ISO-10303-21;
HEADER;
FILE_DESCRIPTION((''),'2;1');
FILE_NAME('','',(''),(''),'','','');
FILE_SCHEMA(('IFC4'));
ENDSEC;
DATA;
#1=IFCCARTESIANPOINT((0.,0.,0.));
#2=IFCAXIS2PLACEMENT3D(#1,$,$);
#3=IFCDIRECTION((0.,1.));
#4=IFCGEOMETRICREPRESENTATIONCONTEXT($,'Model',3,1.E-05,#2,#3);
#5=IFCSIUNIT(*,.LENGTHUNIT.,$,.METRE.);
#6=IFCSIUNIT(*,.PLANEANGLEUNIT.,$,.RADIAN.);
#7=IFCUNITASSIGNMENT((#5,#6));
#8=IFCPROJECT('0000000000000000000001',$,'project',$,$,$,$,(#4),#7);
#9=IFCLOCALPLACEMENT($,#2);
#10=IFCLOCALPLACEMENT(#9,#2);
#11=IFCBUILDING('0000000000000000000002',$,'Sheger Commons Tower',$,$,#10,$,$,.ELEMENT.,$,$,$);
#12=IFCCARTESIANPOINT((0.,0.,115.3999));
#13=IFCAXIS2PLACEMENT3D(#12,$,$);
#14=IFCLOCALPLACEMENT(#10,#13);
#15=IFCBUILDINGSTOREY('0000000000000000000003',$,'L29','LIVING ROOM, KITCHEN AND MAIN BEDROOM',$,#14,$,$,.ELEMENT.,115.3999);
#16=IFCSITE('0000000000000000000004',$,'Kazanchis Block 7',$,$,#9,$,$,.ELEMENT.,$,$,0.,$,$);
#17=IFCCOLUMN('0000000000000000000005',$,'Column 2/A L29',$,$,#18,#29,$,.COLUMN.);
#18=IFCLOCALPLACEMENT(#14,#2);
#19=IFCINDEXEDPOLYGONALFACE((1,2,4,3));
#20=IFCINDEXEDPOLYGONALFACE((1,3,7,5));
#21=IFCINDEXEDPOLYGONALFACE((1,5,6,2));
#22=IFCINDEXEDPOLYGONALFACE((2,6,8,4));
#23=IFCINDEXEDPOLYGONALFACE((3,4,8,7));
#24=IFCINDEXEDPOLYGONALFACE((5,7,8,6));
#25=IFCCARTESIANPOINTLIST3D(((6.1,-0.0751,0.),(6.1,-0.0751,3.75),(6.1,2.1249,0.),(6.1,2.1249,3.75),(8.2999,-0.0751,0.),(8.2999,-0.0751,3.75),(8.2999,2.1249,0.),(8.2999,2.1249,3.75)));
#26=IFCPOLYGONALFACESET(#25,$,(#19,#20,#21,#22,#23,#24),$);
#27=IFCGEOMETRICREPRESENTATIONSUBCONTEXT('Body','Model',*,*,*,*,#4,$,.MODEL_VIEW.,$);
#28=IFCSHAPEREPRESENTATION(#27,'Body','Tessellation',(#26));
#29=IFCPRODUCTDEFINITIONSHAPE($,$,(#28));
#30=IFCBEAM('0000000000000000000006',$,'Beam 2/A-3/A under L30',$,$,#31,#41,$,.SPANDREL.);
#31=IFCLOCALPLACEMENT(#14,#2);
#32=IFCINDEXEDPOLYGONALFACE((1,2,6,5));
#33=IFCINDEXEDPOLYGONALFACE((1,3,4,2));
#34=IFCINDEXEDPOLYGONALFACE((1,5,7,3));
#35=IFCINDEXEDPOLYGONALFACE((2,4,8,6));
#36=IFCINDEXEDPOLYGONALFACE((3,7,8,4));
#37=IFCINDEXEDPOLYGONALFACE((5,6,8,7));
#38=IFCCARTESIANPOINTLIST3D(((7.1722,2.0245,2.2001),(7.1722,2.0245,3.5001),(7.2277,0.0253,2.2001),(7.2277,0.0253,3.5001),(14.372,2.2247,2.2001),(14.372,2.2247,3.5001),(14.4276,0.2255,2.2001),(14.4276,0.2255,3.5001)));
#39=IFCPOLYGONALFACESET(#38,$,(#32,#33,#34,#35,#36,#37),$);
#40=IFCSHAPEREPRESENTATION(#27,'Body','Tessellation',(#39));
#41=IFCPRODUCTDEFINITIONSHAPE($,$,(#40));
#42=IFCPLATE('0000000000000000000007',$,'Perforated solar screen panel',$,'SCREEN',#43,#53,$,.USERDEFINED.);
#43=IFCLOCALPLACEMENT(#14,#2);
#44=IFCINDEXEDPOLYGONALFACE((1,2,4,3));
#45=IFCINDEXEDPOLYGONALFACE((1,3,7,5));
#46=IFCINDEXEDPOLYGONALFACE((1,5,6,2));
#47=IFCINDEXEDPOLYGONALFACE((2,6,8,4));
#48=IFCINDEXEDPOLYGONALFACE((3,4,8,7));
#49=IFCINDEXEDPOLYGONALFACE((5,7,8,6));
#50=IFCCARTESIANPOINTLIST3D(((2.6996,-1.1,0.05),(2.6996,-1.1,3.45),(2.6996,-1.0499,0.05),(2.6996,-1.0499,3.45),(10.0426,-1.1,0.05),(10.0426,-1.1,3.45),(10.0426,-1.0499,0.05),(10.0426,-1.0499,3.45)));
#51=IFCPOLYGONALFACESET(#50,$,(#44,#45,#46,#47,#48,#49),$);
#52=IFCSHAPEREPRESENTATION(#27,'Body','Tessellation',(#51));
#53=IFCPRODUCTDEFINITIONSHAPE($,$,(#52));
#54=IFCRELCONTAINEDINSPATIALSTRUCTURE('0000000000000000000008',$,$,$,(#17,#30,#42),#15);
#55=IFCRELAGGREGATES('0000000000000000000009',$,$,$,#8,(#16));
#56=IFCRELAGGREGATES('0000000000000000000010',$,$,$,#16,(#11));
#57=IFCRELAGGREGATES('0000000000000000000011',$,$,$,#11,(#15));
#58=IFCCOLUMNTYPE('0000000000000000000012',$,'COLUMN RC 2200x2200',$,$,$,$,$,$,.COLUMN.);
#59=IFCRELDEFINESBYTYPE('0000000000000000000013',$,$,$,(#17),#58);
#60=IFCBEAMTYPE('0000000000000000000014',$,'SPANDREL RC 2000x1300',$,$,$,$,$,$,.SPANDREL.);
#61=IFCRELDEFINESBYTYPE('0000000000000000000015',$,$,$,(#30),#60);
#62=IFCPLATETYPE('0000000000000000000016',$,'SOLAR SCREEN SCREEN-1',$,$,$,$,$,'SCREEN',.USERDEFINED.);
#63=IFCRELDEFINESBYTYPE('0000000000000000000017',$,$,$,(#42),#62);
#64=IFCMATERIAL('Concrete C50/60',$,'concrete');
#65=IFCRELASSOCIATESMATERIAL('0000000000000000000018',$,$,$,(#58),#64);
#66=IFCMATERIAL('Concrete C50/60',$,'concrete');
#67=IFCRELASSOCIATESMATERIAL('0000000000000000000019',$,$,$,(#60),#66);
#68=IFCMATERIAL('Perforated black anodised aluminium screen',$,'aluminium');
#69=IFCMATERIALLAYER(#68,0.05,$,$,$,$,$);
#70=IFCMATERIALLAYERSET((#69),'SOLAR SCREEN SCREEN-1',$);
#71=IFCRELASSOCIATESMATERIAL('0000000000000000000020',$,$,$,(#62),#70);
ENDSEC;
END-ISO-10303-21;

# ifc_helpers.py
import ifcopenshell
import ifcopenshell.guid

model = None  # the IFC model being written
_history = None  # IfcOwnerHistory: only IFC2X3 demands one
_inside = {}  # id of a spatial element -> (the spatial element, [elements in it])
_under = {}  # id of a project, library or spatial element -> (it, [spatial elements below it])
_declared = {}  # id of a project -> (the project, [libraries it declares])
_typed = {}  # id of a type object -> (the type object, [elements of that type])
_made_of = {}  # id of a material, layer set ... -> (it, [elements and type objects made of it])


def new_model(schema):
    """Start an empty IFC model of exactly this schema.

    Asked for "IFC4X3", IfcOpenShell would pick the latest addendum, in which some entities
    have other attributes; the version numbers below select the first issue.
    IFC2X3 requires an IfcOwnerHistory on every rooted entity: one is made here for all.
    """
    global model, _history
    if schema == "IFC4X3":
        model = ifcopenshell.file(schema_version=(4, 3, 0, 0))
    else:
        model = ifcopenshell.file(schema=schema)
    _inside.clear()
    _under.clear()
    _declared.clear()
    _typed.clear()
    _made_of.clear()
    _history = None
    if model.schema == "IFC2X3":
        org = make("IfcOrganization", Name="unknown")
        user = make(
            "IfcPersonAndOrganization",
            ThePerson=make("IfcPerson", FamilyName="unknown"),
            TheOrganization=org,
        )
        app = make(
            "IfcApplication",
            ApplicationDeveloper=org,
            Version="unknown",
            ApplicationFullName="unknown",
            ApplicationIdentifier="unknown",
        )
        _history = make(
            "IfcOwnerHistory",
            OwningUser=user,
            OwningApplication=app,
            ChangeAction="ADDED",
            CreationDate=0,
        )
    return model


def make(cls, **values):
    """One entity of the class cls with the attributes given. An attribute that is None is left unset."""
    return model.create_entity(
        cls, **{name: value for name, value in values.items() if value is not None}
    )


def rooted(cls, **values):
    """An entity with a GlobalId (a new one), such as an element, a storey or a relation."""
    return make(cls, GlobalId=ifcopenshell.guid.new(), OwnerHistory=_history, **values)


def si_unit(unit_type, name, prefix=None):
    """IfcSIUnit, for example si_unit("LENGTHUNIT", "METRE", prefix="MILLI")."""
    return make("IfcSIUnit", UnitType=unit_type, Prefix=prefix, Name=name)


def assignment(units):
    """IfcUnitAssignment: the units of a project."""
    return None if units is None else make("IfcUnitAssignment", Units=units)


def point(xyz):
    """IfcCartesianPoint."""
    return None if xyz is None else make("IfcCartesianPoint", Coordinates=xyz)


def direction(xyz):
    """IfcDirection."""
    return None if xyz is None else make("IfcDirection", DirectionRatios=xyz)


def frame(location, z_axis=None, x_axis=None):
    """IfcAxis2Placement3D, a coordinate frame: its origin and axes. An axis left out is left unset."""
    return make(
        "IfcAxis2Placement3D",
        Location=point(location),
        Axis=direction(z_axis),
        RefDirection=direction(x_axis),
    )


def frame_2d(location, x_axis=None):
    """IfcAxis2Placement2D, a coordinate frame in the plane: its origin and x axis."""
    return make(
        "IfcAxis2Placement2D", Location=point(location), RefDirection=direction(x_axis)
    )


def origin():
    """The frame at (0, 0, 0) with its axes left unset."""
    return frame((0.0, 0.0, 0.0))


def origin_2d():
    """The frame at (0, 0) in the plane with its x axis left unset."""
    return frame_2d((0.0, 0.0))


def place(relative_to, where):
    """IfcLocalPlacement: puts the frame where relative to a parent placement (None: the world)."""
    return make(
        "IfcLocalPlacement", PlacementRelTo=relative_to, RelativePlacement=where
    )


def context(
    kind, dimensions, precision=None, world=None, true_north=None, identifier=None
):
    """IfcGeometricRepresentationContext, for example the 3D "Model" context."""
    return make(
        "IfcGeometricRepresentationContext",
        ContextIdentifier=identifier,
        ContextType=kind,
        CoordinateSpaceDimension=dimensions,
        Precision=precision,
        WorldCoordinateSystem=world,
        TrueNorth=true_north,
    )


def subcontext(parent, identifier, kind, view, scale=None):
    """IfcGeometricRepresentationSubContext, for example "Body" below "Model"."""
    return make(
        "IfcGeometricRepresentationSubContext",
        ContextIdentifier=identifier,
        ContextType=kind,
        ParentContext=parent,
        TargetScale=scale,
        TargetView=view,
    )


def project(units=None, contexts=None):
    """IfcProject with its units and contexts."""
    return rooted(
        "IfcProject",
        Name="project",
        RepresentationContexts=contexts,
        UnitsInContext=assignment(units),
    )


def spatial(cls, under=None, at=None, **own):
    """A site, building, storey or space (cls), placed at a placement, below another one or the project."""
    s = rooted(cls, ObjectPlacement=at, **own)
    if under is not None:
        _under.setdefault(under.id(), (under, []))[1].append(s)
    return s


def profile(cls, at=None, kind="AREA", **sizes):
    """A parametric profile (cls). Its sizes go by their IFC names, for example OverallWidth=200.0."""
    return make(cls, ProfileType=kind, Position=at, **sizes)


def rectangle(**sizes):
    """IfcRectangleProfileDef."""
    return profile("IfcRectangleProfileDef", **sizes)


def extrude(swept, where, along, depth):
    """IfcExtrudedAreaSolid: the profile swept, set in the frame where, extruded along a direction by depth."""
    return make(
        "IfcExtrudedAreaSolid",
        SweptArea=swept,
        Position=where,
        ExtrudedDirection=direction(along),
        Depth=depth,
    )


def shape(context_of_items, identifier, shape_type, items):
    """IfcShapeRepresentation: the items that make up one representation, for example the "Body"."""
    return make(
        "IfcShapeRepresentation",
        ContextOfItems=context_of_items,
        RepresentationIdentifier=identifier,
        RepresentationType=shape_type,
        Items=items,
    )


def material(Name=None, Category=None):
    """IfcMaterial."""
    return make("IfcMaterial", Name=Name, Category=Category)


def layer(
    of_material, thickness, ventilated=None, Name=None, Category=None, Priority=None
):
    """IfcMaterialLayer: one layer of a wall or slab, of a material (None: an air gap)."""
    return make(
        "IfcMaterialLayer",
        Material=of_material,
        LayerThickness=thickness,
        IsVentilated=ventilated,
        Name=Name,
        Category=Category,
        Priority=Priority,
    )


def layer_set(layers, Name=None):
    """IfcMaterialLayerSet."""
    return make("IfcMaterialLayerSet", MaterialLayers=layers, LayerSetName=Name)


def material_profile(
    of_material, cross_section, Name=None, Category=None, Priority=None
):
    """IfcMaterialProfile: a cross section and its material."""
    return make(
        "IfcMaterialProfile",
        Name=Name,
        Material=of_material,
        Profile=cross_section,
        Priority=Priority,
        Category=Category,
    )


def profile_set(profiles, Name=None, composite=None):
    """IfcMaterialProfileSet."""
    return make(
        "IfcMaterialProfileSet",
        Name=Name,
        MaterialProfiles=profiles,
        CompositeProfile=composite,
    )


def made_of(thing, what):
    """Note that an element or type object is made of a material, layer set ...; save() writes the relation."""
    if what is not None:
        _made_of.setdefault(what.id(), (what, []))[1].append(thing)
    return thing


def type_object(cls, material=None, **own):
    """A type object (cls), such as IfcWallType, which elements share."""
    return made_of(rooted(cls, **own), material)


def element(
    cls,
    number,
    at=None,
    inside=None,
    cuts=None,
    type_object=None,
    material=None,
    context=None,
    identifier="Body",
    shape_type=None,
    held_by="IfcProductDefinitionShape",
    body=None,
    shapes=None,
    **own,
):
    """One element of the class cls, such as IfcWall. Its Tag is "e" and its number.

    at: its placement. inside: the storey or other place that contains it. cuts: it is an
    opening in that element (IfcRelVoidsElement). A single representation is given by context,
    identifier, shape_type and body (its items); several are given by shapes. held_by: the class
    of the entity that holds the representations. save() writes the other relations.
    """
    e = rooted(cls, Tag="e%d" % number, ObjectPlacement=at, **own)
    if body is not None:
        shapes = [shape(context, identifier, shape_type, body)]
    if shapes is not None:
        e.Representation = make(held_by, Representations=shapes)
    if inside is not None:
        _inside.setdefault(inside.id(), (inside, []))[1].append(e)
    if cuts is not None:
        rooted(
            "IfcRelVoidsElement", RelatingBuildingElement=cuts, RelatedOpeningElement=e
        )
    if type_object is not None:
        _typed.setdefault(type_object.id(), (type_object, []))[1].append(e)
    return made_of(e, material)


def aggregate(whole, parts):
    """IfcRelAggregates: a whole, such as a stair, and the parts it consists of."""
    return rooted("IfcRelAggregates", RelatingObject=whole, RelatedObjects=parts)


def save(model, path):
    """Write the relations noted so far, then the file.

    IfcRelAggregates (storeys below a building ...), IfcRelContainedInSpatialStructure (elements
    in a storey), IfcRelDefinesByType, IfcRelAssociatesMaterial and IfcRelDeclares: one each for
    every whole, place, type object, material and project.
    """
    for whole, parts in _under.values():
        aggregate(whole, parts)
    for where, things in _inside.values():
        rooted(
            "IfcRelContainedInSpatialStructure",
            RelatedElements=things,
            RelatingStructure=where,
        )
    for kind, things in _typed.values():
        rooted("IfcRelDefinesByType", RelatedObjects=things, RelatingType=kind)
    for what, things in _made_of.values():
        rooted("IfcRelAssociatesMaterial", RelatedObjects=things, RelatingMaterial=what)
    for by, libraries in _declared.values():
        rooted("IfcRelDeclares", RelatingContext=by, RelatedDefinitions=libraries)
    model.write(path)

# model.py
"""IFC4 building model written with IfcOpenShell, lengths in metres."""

from ifc_helpers import new_model, si_unit, direction, frame, origin, origin_2d, place, context, subcontext, project, spatial, rectangle, extrude, material, layer, layer_set, material_profile, profile_set, type_object, element, save


model = new_model("IFC4")

# Units and contexts
model_context = context("Model", 3, precision=1e-05, world=origin(), true_north=direction((0.0, 1.0)))
body_context = subcontext(model_context, "Body", "Model", "MODEL_VIEW")
ifc_project = project(units=[si_unit("LENGTHUNIT", "METRE"), si_unit("PLANEANGLEUNIT", "RADIAN")], contexts=[model_context])

# Site, building, storey
site_placement = place(None, origin())
site = spatial("IfcSite", under=ifc_project, at=site_placement, Name="Kazanchis Block 7", CompositionType="ELEMENT", RefElevation=0.0)
building_placement = place(site_placement, origin())
building = spatial("IfcBuilding", under=site, at=building_placement, Name="Sheger Commons Tower", CompositionType="ELEMENT")
storey_placement = place(building_placement, frame((0.0, 0.0, 115.3999)))
storey = spatial("IfcBuildingStorey", under=building, at=storey_placement, Name="L29", Description="LIVING ROOM, KITCHEN AND MAIN BEDROOM", CompositionType="ELEMENT", Elevation=115.3999)

# Column
ifc_material_1 = material(Name="Concrete C50/60", Category="concrete")
ifc_material_profile_1 = material_profile(ifc_material_1, rectangle(XDim=2.2, YDim=2.2, at=origin_2d()), Name="RC 2200x2200")
ifc_profile_set_1 = profile_set([ifc_material_profile_1], Name="Concrete C50/60")
column_type = type_object("IfcColumnType", Name="COLUMN RC 2200x2200", PredefinedType="COLUMN", material=ifc_profile_set_1)
column_placement = place(storey_placement, frame((7.2, 1.0249, 0.0), z_axis=(0.0, 0.0, 1.0), x_axis=(1.0, 0.0, 0.0)))
element("IfcColumn", 1, at=column_placement, inside=storey, type_object=column_type, Name="Column 2/A L29", PredefinedType="COLUMN", context=body_context, shape_type="SweptSolid", body=[
    extrude(rectangle(XDim=2.2, YDim=2.2, at=origin_2d()), origin(), (0.0, 0.0, 1.0), 3.75),
])

# Beam
ifc_material_2 = material(Name="Concrete C50/60", Category="concrete")
ifc_material_profile_2 = material_profile(ifc_material_2, rectangle(XDim=2.0, YDim=1.3, at=origin_2d()), Name="RC 2000x1300")
ifc_profile_set_2 = profile_set([ifc_material_profile_2], Name="Concrete C50/60")
beam_type = type_object("IfcBeamType", Name="SPANDREL RC 2000x1300", PredefinedType="SPANDREL", material=ifc_profile_set_2)
beam_placement = place(storey_placement, frame((7.2, 1.0249, 2.8501), z_axis=(0.999614, 0.027794, 0.0), x_axis=(-0.027794, 0.999614, 0.0)))
element("IfcBeam", 2, at=beam_placement, inside=storey, type_object=beam_type, Name="Beam 2/A-3/A under L30", PredefinedType="SPANDREL", context=body_context, shape_type="SweptSolid", body=[
    extrude(rectangle(XDim=2.0, YDim=1.3, at=origin_2d()), origin(), (0.0, 0.0, 1.0), 7.2026),
])

# Plate
ifc_material_3 = material(Name="Perforated black anodised aluminium screen", Category="aluminium")
ifc_layer_1 = layer(ifc_material_3, 0.05)
ifc_layer_set_1 = layer_set([ifc_layer_1], Name="SOLAR SCREEN SCREEN-1")
plate_type = type_object("IfcPlateType", Name="SOLAR SCREEN SCREEN-1", ElementType="SCREEN", PredefinedType="USERDEFINED", material=ifc_layer_set_1)
plate_placement = place(storey_placement, frame((6.3711, -1.075, 0.05), z_axis=(0.0, 0.0, 1.0), x_axis=(1.0, 0.0, 0.0)))
element("IfcPlate", 3, at=plate_placement, inside=storey, type_object=plate_type, Name="Perforated solar screen panel", ObjectType="SCREEN", PredefinedType="USERDEFINED", context=body_context, shape_type="SweptSolid", body=[
    extrude(rectangle(XDim=7.343, YDim=0.05, at=origin_2d()), origin(), (0.0, 0.0, 1.0), 3.3999),
])

save(model, "model.ifc")
